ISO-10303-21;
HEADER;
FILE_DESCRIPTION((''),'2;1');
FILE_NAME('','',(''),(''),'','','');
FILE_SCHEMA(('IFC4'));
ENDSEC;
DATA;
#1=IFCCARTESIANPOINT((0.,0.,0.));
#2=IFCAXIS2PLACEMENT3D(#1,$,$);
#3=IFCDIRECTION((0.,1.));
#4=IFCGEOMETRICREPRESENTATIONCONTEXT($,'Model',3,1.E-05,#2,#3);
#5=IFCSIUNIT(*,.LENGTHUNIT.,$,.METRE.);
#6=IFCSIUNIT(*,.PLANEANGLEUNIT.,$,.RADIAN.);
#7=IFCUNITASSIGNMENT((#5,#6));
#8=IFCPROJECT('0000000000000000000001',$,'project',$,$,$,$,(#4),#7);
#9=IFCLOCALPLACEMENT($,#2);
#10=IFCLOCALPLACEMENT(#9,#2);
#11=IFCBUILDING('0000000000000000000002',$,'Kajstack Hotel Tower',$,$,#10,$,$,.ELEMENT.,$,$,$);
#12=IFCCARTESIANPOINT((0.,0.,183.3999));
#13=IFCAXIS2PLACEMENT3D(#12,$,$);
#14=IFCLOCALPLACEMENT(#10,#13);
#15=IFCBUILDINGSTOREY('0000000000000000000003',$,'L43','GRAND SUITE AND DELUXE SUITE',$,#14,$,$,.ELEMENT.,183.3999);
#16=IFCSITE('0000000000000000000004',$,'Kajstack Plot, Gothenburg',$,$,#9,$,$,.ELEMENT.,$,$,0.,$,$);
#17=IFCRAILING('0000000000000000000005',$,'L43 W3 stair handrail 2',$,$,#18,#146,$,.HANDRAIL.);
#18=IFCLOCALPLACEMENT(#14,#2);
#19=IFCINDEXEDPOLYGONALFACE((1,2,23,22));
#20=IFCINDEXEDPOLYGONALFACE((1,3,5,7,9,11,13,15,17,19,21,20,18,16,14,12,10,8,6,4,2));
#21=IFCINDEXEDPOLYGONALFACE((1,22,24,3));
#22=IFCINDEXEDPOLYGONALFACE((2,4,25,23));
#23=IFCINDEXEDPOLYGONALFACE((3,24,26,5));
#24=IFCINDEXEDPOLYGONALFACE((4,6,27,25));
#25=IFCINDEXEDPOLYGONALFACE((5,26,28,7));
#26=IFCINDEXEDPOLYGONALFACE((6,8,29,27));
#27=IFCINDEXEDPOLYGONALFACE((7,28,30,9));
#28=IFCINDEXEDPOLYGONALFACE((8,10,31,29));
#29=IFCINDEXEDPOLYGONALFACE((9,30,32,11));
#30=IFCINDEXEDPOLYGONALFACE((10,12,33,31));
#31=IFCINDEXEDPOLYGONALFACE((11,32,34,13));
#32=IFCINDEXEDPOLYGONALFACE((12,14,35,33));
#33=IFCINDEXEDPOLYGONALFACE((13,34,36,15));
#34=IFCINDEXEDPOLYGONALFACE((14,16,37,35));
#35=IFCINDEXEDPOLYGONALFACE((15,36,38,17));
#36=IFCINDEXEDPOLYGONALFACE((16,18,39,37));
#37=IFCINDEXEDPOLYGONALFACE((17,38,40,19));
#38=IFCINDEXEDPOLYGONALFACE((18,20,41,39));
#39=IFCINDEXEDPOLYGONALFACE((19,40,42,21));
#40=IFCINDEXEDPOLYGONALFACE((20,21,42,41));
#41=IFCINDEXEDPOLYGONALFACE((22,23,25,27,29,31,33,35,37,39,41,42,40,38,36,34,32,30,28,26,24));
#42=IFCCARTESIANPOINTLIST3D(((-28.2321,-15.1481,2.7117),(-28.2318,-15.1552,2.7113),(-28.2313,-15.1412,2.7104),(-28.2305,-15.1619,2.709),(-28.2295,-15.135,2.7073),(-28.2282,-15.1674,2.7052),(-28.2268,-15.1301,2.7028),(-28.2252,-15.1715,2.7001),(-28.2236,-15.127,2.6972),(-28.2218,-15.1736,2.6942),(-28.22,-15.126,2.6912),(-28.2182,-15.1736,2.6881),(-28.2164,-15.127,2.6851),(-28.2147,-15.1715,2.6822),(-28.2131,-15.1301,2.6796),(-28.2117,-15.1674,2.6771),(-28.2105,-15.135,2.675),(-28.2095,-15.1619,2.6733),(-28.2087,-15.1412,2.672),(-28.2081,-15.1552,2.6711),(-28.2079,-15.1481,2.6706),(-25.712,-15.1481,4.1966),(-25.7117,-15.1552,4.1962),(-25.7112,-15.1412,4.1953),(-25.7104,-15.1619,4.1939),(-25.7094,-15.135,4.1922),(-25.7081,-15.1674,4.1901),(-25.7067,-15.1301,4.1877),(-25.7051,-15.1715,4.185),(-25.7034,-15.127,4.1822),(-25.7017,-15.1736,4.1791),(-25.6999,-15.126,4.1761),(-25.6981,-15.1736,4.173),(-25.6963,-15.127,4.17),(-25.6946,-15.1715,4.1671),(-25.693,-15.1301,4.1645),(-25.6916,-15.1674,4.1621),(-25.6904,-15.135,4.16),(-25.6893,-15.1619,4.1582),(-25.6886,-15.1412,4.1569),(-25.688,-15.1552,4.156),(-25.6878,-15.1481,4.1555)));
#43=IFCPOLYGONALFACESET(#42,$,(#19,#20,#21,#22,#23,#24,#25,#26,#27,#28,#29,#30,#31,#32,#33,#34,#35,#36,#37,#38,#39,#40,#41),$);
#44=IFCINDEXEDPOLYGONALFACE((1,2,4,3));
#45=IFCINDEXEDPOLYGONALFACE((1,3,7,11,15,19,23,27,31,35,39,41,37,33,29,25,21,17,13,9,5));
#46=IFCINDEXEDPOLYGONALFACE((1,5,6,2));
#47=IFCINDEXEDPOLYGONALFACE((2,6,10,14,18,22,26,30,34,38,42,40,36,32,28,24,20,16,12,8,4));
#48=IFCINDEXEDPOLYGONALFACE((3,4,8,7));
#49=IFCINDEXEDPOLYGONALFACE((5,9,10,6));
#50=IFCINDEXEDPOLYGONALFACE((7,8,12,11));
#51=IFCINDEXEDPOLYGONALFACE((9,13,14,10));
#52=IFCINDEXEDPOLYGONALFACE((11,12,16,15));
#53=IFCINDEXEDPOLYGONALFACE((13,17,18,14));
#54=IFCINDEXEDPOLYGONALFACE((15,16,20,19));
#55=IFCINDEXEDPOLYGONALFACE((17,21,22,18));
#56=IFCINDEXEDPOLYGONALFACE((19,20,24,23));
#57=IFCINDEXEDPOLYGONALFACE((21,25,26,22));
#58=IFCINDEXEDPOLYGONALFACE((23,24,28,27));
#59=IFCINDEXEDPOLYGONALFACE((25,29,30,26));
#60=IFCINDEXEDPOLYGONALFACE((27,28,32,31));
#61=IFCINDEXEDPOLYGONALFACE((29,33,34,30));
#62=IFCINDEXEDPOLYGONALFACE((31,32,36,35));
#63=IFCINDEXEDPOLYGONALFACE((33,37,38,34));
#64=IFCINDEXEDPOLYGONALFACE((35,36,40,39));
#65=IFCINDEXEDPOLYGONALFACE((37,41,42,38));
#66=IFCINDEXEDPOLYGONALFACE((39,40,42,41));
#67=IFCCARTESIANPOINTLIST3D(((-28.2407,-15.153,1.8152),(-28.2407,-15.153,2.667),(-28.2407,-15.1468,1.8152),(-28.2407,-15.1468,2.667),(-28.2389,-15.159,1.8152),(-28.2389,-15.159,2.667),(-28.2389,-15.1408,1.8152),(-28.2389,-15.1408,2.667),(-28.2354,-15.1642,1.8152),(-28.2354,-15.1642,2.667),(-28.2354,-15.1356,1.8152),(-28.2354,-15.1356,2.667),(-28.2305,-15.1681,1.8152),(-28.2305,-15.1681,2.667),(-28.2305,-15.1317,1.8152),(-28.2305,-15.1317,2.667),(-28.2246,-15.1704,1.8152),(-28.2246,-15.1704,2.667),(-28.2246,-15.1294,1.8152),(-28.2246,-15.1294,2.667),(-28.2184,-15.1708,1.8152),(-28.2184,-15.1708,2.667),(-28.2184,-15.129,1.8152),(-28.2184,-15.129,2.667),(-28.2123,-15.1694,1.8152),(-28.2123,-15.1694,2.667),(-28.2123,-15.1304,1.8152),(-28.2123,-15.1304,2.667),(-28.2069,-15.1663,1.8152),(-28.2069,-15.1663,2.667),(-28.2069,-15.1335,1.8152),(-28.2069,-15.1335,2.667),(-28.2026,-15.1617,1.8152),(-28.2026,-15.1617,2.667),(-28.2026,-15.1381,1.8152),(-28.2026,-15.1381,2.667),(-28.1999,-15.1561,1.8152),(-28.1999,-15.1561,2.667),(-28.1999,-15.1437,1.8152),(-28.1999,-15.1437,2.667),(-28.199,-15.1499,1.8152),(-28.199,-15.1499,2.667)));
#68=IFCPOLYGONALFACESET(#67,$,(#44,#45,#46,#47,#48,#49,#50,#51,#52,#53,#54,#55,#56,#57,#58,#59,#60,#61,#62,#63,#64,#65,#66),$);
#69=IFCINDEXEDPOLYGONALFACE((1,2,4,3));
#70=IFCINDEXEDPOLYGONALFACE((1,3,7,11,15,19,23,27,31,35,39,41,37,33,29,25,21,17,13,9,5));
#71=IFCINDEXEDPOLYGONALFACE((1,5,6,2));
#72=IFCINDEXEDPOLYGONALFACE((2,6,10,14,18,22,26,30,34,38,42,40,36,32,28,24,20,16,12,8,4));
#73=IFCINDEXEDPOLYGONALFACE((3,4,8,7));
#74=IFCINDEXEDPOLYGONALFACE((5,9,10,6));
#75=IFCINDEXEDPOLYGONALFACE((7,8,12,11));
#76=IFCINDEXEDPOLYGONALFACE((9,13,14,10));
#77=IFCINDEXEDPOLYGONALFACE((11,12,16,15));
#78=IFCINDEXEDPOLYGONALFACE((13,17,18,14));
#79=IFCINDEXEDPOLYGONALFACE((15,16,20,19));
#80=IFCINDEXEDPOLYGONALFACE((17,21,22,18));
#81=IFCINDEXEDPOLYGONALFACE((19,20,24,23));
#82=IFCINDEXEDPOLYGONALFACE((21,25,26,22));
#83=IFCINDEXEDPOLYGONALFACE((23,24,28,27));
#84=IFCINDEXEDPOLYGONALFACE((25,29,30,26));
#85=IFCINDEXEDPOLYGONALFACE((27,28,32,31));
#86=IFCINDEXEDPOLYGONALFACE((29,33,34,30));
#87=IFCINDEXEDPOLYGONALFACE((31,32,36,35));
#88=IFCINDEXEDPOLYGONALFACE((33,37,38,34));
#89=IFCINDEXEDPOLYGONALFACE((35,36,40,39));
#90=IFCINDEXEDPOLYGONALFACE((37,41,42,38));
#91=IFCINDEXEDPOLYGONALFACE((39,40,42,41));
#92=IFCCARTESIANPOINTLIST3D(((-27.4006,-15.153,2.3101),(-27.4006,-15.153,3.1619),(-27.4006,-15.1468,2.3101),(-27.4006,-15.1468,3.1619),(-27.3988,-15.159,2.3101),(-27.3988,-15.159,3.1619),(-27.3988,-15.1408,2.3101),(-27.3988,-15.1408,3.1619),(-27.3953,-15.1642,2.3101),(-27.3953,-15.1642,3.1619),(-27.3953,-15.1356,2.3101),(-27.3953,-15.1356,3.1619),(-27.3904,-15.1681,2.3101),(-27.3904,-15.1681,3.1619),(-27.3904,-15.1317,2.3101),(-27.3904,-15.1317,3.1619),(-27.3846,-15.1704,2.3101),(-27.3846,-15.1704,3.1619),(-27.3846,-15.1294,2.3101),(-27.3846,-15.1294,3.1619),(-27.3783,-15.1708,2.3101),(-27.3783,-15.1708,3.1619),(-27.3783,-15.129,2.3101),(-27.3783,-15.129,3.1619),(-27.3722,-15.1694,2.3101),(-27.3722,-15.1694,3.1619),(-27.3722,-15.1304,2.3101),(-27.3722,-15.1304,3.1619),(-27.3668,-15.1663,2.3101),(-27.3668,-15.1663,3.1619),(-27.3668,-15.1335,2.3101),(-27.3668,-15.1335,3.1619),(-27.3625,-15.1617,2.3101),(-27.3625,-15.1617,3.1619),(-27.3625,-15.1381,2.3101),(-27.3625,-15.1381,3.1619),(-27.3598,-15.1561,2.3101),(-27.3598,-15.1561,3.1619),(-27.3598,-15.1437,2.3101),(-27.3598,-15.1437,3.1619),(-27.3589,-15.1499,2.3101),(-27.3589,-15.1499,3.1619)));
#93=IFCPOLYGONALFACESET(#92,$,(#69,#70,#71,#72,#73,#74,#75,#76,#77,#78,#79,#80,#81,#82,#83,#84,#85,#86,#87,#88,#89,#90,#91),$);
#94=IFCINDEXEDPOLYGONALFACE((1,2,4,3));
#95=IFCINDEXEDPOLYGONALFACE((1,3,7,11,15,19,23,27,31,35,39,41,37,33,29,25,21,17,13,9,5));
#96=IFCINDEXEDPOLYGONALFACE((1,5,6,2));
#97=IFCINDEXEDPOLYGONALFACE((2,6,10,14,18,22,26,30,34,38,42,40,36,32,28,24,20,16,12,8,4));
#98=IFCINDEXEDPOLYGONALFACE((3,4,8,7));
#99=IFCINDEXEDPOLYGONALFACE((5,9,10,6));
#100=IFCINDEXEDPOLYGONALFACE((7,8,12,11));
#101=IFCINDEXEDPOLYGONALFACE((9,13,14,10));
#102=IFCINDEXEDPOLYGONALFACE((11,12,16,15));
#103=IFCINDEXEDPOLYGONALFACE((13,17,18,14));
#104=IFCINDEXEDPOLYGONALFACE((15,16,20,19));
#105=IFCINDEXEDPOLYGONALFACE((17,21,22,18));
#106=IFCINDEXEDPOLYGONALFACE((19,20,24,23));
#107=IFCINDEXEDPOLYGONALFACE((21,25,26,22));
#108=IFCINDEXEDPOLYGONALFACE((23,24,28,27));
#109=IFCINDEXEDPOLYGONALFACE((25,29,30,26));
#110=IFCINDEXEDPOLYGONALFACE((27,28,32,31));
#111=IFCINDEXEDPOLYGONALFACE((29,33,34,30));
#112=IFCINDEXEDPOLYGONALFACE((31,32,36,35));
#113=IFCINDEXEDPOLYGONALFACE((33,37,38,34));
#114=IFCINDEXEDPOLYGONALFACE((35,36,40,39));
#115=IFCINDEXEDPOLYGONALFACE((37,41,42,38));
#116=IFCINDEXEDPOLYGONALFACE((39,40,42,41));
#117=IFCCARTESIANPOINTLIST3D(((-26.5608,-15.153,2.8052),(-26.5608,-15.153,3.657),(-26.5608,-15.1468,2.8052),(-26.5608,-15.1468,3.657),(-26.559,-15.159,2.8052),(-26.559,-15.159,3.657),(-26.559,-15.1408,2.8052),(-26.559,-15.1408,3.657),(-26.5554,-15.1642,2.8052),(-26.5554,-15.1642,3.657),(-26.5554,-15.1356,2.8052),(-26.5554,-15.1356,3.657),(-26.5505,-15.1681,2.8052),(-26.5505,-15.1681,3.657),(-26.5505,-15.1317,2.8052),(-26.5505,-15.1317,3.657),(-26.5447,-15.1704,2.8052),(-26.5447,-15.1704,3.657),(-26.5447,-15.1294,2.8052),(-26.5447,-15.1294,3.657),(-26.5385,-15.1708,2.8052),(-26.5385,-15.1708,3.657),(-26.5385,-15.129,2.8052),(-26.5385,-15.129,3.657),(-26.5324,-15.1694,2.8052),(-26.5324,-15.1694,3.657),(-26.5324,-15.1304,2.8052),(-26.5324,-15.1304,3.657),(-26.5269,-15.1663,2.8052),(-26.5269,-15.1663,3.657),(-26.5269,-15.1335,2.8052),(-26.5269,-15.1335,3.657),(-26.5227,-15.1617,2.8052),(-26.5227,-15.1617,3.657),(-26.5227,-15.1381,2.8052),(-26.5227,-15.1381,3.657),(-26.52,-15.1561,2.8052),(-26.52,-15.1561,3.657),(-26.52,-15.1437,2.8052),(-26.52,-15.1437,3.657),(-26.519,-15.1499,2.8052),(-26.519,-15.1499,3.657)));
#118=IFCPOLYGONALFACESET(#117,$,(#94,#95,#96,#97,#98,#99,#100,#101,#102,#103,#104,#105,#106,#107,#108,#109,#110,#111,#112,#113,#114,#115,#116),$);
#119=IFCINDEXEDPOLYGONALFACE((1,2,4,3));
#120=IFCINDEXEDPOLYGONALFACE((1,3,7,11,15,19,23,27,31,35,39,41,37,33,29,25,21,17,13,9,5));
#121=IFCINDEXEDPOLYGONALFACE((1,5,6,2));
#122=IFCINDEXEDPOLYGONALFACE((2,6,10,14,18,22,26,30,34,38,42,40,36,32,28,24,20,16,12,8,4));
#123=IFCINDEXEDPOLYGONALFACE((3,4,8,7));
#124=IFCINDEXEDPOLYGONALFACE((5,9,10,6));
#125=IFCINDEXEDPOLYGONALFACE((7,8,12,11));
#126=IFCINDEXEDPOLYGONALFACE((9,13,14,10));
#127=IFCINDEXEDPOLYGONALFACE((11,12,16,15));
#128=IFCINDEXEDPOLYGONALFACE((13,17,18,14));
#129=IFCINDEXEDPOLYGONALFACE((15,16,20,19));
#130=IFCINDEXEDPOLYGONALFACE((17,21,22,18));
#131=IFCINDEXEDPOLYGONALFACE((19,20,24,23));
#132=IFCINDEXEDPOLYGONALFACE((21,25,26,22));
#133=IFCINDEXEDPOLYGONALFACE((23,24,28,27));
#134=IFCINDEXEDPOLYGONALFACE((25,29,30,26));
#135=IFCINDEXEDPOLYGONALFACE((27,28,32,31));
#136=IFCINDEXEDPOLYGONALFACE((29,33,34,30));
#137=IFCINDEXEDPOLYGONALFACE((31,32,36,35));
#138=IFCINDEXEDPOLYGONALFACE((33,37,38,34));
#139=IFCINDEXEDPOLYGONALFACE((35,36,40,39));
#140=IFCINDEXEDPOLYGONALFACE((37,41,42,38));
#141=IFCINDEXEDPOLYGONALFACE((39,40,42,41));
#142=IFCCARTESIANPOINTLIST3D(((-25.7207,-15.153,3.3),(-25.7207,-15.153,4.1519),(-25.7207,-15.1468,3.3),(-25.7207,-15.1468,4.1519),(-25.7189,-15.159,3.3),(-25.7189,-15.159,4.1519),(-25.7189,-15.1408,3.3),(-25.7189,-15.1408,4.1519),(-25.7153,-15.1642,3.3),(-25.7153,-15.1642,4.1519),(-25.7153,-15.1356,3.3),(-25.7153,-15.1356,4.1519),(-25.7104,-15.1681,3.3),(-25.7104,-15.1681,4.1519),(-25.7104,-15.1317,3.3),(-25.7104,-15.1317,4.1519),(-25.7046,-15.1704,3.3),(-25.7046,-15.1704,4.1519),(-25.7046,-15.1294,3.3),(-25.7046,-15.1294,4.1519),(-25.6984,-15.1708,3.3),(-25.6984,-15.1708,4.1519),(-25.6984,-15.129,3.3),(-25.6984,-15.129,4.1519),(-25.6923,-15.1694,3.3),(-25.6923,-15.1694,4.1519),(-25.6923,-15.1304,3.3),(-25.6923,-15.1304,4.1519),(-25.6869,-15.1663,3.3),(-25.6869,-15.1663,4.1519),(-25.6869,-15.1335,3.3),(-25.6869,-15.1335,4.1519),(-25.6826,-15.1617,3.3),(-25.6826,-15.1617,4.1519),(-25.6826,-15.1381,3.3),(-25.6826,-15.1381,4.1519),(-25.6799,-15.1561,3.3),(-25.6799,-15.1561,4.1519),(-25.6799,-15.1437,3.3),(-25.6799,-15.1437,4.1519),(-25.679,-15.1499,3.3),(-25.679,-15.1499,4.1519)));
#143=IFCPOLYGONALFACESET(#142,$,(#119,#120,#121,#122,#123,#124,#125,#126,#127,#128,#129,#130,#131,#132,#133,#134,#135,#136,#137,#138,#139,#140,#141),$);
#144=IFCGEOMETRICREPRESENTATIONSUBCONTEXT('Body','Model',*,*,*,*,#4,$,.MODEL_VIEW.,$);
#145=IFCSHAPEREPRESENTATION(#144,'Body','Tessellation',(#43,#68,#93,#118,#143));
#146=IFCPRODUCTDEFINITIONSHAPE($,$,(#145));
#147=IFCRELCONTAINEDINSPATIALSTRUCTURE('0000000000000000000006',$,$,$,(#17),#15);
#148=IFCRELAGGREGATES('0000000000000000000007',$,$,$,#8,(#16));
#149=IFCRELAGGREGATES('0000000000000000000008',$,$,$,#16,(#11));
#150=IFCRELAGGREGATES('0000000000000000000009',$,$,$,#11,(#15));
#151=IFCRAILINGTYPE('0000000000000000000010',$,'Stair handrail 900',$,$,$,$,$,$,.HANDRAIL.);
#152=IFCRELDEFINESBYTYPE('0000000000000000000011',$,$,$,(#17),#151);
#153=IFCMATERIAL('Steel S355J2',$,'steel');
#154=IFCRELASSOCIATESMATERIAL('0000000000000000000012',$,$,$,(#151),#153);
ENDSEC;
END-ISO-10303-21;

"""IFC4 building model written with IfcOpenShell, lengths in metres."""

from ifc_helpers import new_model, si_unit, direction, frame, origin, origin_2d, place, context, subcontext, project, spatial, circle, extrude, material, type_object, element, save


model = new_model("IFC4")

# Units and contexts
model_context = context("Model", 3, precision=1e-05, world=origin(), true_north=direction((0.0, 1.0)))
body_context = subcontext(model_context, "Body", "Model", "MODEL_VIEW")
ifc_project = project(units=[si_unit("LENGTHUNIT", "METRE"), si_unit("PLANEANGLEUNIT", "RADIAN")], contexts=[model_context])

# Site, building, storey
site_placement = place(None, origin())
site = spatial("IfcSite", under=ifc_project, at=site_placement, Name="Kajstack Plot, Gothenburg", CompositionType="ELEMENT", RefElevation=0.0)
building_placement = place(site_placement, origin())
building = spatial("IfcBuilding", under=site, at=building_placement, Name="Kajstack Hotel Tower", CompositionType="ELEMENT")
storey_placement = place(building_placement, frame((0.0, 0.0, 183.3999)))
storey = spatial("IfcBuildingStorey", under=building, at=storey_placement, Name="L43", Description="GRAND SUITE AND DELUXE SUITE", CompositionType="ELEMENT", Elevation=183.3999)

# Railing
ifc_material_1 = material(Name="Steel S355J2", Category="steel")
railing_type_1 = type_object("IfcRailingType", Name="Stair handrail 900", PredefinedType="HANDRAIL", material=ifc_material_1)
railing_1_placement = place(storey_placement, frame((-28.22, -15.1499, 1.8152)))
element("IfcRailing", 1, at=railing_1_placement, inside=storey, type_object=railing_type_1, Name="L43 W3 stair handrail 2", PredefinedType="HANDRAIL", context=body_context, shape_type="SweptSolid", body=[
    extrude(circle(Radius=0.0239, at=origin_2d()), frame((0.0, 0.0, 0.876), z_axis=(0.861561, 0.0, 0.507655), x_axis=(0.0, 1.0, 0.0)), (0.0, 0.0, 1.0), 2.925),
    extrude(circle(Radius=0.021, at=origin_2d()), origin(), (0.0, 0.0, 1.0), 0.8518),
    extrude(circle(Radius=0.021, at=origin_2d()), frame((0.8401, 0.0, 0.4949)), (0.0, 0.0, 1.0), 0.8518),
    extrude(circle(Radius=0.021, at=origin_2d()), frame((1.6799, 0.0, 0.99)), (0.0, 0.0, 1.0), 0.8518),
    extrude(circle(Radius=0.021, at=origin_2d()), frame((2.52, 0.0, 1.4849)), (0.0, 0.0, 1.0), 0.8518),
])

save(model, "model.ifc")
